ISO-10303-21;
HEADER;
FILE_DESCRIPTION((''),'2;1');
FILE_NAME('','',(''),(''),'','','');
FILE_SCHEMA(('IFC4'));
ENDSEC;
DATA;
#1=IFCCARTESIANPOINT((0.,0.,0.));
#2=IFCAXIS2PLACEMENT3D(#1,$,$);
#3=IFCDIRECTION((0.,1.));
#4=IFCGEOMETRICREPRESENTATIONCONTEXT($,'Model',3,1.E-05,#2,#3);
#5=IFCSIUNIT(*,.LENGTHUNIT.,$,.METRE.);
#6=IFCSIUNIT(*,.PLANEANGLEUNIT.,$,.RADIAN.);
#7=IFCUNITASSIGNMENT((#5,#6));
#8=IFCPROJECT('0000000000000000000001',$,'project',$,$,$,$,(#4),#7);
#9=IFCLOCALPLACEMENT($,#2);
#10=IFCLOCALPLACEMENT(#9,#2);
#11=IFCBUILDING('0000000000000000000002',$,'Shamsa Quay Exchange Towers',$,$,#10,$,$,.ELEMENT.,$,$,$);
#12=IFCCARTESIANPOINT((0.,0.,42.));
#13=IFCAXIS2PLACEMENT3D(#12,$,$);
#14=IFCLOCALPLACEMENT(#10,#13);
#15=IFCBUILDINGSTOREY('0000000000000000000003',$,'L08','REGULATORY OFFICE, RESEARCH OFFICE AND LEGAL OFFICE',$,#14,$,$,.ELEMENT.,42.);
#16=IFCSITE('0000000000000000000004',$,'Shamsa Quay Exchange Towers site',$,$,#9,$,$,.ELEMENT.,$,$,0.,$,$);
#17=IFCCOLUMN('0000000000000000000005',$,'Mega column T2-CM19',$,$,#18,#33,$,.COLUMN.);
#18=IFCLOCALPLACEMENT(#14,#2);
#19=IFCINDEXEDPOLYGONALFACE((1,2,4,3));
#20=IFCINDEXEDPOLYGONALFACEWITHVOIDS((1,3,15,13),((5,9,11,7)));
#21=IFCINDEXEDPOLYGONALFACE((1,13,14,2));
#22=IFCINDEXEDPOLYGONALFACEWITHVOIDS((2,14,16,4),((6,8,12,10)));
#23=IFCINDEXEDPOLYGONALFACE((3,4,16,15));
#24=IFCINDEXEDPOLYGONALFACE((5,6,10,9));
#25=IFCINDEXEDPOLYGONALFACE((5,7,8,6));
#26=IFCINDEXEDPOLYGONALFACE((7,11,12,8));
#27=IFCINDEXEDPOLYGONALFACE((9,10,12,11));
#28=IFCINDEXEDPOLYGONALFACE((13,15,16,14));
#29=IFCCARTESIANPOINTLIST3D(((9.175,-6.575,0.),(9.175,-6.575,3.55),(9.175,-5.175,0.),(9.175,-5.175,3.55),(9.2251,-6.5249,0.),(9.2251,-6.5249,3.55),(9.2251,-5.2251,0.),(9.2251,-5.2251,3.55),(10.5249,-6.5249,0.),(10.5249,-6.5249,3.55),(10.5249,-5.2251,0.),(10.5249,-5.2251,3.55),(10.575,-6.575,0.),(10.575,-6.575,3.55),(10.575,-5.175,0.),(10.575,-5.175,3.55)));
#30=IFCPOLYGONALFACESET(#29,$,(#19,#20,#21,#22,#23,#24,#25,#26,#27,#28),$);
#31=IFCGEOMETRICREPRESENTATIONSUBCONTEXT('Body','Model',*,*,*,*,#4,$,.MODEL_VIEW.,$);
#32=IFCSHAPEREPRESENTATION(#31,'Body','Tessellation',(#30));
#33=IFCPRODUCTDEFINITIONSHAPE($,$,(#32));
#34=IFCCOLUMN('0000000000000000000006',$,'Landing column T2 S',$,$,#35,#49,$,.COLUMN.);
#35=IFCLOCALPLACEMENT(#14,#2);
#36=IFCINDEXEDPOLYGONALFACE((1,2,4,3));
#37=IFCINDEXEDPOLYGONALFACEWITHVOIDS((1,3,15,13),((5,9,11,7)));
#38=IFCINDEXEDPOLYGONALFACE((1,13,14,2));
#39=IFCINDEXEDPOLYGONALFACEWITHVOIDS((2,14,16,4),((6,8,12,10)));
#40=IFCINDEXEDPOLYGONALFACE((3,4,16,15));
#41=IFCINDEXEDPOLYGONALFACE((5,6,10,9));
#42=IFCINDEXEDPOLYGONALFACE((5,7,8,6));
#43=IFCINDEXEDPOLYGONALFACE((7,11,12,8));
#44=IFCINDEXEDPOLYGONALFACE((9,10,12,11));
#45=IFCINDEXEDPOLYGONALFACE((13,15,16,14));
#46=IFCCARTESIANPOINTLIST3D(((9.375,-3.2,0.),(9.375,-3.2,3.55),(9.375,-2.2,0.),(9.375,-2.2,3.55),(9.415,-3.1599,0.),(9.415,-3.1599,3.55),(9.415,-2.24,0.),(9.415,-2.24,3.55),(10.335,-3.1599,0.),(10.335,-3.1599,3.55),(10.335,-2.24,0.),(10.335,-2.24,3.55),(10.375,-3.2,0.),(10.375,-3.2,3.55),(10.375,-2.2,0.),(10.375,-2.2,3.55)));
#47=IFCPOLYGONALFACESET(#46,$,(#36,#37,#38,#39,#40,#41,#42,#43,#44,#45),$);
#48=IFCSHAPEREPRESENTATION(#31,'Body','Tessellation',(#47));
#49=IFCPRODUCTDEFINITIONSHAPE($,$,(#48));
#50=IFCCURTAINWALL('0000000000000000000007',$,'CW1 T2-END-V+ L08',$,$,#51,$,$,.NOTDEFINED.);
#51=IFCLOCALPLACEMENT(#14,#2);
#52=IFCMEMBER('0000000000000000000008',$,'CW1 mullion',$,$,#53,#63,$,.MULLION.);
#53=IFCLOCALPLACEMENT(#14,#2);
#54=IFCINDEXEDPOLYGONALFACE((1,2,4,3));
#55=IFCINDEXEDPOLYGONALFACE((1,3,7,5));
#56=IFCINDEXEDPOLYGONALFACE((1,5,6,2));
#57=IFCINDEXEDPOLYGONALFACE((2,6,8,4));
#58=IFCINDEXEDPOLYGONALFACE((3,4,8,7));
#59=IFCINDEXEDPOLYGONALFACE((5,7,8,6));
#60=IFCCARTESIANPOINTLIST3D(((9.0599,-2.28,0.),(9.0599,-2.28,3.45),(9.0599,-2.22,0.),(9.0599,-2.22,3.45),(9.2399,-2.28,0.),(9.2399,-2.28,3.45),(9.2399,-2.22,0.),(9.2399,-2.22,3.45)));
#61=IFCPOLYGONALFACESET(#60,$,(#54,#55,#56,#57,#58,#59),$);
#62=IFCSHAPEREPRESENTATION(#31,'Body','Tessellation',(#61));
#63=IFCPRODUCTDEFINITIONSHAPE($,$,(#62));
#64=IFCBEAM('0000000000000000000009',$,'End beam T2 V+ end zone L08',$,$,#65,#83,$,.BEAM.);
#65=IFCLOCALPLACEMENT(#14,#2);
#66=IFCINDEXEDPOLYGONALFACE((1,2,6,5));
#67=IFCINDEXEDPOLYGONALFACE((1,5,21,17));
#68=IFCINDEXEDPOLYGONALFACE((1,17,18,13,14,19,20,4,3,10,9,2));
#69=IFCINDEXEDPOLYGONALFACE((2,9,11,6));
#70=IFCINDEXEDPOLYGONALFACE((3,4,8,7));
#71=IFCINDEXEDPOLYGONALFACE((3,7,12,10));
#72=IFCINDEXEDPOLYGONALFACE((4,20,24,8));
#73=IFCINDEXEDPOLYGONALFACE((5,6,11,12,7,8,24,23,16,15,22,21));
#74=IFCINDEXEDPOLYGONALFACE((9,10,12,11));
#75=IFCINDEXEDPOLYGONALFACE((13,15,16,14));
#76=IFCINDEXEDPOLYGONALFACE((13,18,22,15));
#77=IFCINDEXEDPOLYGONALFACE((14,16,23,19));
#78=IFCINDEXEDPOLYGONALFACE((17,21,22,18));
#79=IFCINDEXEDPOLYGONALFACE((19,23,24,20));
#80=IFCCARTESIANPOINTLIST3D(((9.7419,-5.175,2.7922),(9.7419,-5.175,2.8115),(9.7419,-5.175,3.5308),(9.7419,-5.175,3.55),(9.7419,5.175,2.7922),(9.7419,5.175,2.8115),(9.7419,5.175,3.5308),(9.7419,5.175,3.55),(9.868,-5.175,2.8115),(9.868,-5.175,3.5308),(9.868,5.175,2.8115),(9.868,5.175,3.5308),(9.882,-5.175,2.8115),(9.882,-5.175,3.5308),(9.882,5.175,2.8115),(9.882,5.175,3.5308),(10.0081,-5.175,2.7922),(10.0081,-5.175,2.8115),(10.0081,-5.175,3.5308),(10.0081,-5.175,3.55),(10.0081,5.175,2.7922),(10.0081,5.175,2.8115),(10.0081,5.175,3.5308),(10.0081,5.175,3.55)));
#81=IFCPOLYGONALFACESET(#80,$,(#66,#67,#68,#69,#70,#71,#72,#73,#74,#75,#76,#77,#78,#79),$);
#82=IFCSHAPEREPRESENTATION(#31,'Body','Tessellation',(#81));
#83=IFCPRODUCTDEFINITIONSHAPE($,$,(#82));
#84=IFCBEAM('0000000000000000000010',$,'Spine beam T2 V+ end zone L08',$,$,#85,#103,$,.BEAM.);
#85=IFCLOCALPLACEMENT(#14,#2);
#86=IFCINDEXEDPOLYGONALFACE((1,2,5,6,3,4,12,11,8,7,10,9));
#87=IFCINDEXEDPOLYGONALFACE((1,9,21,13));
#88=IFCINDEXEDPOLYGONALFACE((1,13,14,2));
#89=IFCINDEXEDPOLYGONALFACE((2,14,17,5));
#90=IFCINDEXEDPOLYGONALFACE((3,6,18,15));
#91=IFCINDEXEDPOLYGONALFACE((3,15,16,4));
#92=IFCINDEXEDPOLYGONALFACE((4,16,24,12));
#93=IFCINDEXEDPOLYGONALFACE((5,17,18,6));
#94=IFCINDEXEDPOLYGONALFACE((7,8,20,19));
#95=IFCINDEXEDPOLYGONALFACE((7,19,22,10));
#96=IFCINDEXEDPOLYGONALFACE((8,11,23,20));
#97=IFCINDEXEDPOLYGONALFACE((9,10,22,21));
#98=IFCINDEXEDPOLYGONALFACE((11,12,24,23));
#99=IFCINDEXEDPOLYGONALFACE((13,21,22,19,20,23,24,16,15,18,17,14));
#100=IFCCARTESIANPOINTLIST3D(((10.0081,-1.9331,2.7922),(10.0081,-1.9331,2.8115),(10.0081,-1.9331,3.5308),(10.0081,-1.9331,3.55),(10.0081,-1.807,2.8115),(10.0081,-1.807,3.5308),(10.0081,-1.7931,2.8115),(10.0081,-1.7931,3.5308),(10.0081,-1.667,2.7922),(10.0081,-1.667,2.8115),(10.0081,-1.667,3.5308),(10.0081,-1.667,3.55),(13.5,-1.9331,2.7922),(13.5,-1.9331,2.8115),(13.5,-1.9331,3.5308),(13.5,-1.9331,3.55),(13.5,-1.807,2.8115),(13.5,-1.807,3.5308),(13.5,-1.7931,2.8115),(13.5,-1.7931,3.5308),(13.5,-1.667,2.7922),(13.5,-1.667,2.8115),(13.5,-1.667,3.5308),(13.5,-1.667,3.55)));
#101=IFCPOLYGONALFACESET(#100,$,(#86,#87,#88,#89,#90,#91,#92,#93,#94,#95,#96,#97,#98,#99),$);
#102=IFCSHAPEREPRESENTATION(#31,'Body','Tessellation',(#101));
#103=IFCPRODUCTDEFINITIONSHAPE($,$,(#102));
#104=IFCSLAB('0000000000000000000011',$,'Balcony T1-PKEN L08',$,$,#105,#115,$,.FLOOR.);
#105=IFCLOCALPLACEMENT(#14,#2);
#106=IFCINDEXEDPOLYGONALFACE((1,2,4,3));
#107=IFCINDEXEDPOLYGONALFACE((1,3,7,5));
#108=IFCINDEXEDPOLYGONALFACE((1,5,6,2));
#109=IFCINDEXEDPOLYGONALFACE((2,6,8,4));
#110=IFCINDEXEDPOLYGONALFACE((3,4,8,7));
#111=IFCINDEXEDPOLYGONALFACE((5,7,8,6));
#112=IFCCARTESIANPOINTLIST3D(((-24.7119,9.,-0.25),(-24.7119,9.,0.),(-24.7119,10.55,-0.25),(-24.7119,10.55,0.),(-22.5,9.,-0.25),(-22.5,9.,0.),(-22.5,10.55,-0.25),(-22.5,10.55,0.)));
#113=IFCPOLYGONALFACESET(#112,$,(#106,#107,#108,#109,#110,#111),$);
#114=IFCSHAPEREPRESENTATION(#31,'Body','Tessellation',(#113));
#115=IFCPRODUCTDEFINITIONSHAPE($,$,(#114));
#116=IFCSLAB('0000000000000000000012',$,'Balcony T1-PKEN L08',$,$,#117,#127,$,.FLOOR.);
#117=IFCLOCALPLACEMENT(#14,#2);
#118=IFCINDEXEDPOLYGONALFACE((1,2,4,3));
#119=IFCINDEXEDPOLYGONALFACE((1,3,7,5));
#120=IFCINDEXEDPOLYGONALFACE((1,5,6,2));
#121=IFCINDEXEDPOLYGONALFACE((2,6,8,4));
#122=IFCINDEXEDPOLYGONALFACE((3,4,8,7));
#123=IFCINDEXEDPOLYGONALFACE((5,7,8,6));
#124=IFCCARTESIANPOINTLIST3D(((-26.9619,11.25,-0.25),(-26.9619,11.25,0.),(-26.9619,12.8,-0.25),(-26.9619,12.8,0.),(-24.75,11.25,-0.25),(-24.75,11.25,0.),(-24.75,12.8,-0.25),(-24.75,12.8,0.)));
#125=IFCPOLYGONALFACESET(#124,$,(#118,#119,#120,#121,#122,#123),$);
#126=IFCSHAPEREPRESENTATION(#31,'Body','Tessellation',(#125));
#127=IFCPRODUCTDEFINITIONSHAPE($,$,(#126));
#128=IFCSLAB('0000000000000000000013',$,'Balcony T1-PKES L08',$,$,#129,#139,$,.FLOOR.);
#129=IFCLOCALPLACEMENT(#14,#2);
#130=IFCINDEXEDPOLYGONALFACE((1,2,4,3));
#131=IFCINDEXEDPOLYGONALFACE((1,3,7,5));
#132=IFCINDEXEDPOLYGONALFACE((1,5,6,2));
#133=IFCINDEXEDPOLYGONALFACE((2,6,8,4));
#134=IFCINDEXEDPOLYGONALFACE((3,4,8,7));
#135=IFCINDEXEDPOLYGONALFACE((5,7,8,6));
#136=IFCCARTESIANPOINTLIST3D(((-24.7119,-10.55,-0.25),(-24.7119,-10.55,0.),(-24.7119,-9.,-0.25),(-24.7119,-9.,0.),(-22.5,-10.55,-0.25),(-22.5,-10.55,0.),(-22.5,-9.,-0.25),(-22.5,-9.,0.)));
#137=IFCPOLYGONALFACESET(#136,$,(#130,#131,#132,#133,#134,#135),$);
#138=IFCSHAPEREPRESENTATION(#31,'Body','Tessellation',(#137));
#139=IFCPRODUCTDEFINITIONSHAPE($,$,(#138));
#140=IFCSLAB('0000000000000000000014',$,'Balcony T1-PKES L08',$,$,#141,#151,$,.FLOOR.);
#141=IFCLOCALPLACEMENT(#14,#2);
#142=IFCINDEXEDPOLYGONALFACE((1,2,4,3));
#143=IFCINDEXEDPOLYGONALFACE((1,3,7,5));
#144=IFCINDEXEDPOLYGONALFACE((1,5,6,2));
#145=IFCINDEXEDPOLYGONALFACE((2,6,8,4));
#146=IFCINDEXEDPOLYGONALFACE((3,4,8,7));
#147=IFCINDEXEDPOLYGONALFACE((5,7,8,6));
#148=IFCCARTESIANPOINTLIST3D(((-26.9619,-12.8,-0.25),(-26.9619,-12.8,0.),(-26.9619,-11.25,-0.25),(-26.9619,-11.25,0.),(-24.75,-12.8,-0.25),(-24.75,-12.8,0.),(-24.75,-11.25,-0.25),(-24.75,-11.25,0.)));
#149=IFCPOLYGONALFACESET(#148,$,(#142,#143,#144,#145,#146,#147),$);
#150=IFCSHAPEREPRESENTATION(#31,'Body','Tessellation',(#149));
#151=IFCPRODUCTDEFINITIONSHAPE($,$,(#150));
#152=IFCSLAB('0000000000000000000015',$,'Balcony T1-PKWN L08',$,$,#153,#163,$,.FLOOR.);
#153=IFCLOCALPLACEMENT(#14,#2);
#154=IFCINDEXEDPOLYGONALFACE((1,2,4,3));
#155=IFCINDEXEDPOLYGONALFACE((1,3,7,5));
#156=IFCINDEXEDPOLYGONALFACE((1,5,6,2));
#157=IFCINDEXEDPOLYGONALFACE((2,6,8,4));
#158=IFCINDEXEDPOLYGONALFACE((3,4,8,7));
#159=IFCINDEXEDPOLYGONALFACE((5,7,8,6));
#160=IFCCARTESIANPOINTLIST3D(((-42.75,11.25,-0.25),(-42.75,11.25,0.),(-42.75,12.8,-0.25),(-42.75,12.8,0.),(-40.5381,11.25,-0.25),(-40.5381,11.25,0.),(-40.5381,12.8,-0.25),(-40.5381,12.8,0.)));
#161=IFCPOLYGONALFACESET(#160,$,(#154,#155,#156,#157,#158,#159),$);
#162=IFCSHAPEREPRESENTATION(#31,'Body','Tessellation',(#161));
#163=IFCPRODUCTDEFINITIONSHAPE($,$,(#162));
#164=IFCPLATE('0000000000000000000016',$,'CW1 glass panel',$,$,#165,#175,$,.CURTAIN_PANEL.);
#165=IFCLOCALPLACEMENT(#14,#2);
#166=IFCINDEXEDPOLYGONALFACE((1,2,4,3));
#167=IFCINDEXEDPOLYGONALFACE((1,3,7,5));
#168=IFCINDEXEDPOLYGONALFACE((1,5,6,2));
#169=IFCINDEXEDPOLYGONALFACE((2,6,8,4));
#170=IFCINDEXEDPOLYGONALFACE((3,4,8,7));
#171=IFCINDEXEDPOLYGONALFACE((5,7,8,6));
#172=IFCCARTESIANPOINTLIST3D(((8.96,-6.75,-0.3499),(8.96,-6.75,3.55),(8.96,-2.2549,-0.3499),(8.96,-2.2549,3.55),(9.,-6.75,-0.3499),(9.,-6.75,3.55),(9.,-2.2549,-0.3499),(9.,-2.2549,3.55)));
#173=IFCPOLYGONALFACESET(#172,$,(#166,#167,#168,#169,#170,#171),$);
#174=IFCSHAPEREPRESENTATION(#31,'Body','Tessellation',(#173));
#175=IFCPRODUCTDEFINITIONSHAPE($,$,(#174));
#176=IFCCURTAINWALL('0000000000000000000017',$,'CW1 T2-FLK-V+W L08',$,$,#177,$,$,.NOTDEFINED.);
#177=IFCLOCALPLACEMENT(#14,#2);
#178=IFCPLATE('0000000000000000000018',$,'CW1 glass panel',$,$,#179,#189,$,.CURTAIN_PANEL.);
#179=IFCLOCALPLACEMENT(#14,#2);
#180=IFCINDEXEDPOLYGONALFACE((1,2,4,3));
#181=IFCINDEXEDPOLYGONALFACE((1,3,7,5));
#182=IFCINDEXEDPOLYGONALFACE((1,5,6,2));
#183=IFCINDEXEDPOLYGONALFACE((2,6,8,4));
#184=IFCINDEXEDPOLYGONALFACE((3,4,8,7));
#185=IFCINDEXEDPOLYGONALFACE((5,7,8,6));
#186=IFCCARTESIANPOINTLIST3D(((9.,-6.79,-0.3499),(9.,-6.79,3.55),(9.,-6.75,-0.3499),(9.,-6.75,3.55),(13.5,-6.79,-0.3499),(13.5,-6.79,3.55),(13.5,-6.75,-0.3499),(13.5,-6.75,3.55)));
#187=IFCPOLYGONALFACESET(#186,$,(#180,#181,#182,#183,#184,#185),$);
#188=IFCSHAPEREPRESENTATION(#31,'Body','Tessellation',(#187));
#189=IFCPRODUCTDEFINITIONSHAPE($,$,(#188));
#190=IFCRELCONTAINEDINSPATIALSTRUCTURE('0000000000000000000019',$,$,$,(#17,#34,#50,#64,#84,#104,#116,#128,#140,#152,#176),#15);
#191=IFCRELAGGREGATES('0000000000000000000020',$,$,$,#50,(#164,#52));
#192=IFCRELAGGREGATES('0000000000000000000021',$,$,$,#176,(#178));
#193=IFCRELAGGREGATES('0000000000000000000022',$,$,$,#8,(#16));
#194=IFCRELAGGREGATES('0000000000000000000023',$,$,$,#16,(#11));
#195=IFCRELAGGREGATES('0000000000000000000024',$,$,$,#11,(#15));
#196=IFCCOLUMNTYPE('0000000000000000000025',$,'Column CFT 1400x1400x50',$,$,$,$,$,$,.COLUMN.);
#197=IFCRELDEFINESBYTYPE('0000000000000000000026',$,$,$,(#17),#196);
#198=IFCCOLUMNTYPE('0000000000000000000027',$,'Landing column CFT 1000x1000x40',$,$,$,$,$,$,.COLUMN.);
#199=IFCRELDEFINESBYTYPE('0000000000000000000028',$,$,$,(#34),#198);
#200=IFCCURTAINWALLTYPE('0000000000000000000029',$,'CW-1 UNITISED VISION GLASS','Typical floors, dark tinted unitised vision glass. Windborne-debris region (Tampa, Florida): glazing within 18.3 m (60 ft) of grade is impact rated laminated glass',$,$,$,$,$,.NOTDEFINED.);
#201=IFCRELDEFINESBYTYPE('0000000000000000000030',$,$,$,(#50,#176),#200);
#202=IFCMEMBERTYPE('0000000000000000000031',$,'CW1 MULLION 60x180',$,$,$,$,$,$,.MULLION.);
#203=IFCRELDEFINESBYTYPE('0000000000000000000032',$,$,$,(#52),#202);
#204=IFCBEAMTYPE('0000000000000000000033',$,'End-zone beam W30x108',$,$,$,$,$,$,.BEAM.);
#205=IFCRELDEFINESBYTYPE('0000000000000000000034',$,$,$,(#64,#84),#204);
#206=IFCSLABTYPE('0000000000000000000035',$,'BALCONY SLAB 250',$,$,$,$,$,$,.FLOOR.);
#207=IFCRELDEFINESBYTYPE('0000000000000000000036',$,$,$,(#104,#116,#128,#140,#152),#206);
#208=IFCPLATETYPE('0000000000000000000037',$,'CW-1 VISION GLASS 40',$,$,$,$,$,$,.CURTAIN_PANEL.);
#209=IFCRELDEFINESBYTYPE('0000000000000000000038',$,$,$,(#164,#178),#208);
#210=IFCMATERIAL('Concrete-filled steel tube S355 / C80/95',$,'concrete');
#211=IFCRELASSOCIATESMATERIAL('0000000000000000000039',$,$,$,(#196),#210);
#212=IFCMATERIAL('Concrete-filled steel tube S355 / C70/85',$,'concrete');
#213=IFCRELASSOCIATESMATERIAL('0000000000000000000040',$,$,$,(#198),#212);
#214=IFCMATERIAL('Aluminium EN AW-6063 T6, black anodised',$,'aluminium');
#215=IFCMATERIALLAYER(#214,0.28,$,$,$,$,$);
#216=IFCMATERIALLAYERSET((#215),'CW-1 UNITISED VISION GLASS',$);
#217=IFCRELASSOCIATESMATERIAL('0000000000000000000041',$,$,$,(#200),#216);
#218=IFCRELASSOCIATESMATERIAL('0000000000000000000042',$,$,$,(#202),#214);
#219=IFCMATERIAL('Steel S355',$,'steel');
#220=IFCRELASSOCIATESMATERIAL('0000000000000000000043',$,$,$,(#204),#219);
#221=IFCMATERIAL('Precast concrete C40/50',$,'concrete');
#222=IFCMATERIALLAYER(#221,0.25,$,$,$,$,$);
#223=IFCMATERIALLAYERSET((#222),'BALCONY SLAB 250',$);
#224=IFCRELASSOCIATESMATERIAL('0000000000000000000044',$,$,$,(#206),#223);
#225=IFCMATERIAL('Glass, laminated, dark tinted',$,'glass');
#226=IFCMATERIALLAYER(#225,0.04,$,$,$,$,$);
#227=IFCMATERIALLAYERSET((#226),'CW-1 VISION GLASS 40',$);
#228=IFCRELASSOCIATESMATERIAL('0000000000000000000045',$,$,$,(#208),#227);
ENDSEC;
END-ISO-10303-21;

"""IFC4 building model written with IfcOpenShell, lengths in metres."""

from ifc_helpers import new_model, si_unit, direction, frame, origin, origin_2d, place, context, subcontext, project, spatial, polyline, rectangle, hollow_rectangle, i_section, outline, extrude, material, layer, layer_set, material_profile, profile_set, type_object, element, aggregate, save


model = new_model("IFC4")

# Units and contexts
model_context = context("Model", 3, precision=1e-05, world=origin(), true_north=direction((0.0, 1.0)))
body_context = subcontext(model_context, "Body", "Model", "MODEL_VIEW")
ifc_project = project(units=[si_unit("LENGTHUNIT", "METRE"), si_unit("PLANEANGLEUNIT", "RADIAN")], contexts=[model_context])

# Site, building, storey
site_placement = place(None, origin())
site = spatial("IfcSite", under=ifc_project, at=site_placement, Name="Shamsa Quay Exchange Towers site", CompositionType="ELEMENT", RefElevation=0.0)
building_placement = place(site_placement, origin())
building = spatial("IfcBuilding", under=site, at=building_placement, Name="Shamsa Quay Exchange Towers", CompositionType="ELEMENT")
storey_placement = place(building_placement, frame((0.0, 0.0, 42.0)))
storey = spatial("IfcBuildingStorey", under=building, at=storey_placement, Name="L08", Description="REGULATORY OFFICE, RESEARCH OFFICE AND LEGAL OFFICE", CompositionType="ELEMENT", Elevation=42.0)

# Columns
ifc_material_1 = material(Name="Concrete-filled steel tube S355 / C80/95", Category="concrete")
ifc_material_profile_1 = material_profile(ifc_material_1, hollow_rectangle(XDim=1.3999, YDim=1.3999, WallThickness=0.05, at=origin_2d()), Name="CFT 1400x1400x50")
ifc_profile_set_1 = profile_set([ifc_material_profile_1], Name="Concrete-filled steel tube S355 / C80/95")
column_type_1 = type_object("IfcColumnType", Name="Column CFT 1400x1400x50", PredefinedType="COLUMN", material=ifc_profile_set_1)
column_1_placement = place(storey_placement, frame((9.875, -5.875, 0.0)))
element("IfcColumn", 1, at=column_1_placement, inside=storey, type_object=column_type_1, Name="Mega column T2-CM19", PredefinedType="COLUMN", context=body_context, shape_type="SweptSolid", body=[
    extrude(hollow_rectangle(XDim=1.3999, YDim=1.3999, WallThickness=0.05, at=origin_2d()), origin(), (0.0, 0.0, 1.0), 3.55),
])
ifc_material_2 = material(Name="Concrete-filled steel tube S355 / C70/85", Category="concrete")
ifc_material_profile_2 = material_profile(ifc_material_2, hollow_rectangle(XDim=1.0, YDim=1.0, WallThickness=0.04, at=origin_2d()), Name="CFT 1000x1000x40")
ifc_profile_set_2 = profile_set([ifc_material_profile_2], Name="Concrete-filled steel tube S355 / C70/85")
column_type_2 = type_object("IfcColumnType", Name="Landing column CFT 1000x1000x40", PredefinedType="COLUMN", material=ifc_profile_set_2)
column_2_placement = place(storey_placement, frame((9.875, -2.7, 0.0)))
element("IfcColumn", 2, at=column_2_placement, inside=storey, type_object=column_type_2, Name="Landing column T2 S", PredefinedType="COLUMN", context=body_context, shape_type="SweptSolid", body=[
    extrude(hollow_rectangle(XDim=1.0, YDim=1.0, WallThickness=0.04, at=origin_2d()), origin(), (0.0, 0.0, 1.0), 3.55),
])

# Curtain wall, member
ifc_material_3 = material(Name="Aluminium EN AW-6063 T6, black anodised", Category="aluminium")
ifc_layer_1 = layer(ifc_material_3, 0.28)
ifc_layer_set_1 = layer_set([ifc_layer_1], Name="CW-1 UNITISED VISION GLASS")
curtain_wall_type_1 = type_object("IfcCurtainWallType", Name="CW-1 UNITISED VISION GLASS", Description="Typical floors, dark tinted unitised vision glass. Windborne-debris region (Tampa, Florida): glazing within 18.3 m (60 ft) of grade is impact rated laminated glass", PredefinedType="NOTDEFINED", material=ifc_layer_set_1)
curtain_wall_1_placement = place(storey_placement, origin())
curtain_wall_1 = element("IfcCurtainWall", 3, at=curtain_wall_1_placement, inside=storey, type_object=curtain_wall_type_1, Name="CW1 T2-END-V+ L08", PredefinedType="NOTDEFINED")
ifc_material_profile_3 = material_profile(ifc_material_3, rectangle(XDim=0.1799, YDim=0.0601, at=origin_2d()), Name="MU60x180")
ifc_profile_set_3 = profile_set([ifc_material_profile_3], Name="Aluminium EN AW-6063 T6, black anodised")
member_type = type_object("IfcMemberType", Name="CW1 MULLION 60x180", PredefinedType="MULLION", material=ifc_profile_set_3)
member_placement = place(storey_placement, frame((9.1499, -2.25, 0.0)))
member = element("IfcMember", 4, at=member_placement, type_object=member_type, Name="CW1 mullion", PredefinedType="MULLION", context=body_context, shape_type="SweptSolid", body=[
    extrude(rectangle(XDim=0.1799, YDim=0.0601, at=origin_2d()), origin(), (0.0, 0.0, 1.0), 3.45),
])

# Beams
ifc_material_4 = material(Name="Steel S355", Category="steel")
ifc_material_profile_4 = material_profile(ifc_material_4, i_section(OverallWidth=0.2661, OverallDepth=0.7578, WebThickness=0.0139, FlangeThickness=0.0193, at=origin_2d()), Name="W30x108")
ifc_profile_set_4 = profile_set([ifc_material_profile_4], Name="Steel S355")
beam_type = type_object("IfcBeamType", Name="End-zone beam W30x108", PredefinedType="BEAM", material=ifc_profile_set_4)
beam_1_placement = place(storey_placement, frame((9.875, -5.175, 3.1711), z_axis=(0.0, 1.0, 0.0), x_axis=(-1.0, 0.0, 0.0)))
element("IfcBeam", 5, at=beam_1_placement, inside=storey, type_object=beam_type, Name="End beam T2 V+ end zone L08", PredefinedType="BEAM", context=body_context, shape_type="SweptSolid", body=[
    extrude(i_section(OverallWidth=0.2661, OverallDepth=0.7578, WebThickness=0.0139, FlangeThickness=0.0193, at=origin_2d()), origin(), (0.0, 0.0, 1.0), 10.3501),
])
beam_2_placement = place(storey_placement, frame((13.5, -1.8, 3.1711), z_axis=(-1.0, 0.0, 0.0), x_axis=(0.0, -1.0, 0.0)))
element("IfcBeam", 6, at=beam_2_placement, inside=storey, type_object=beam_type, Name="Spine beam T2 V+ end zone L08", PredefinedType="BEAM", context=body_context, shape_type="SweptSolid", body=[
    extrude(i_section(OverallWidth=0.2661, OverallDepth=0.7578, WebThickness=0.0139, FlangeThickness=0.0193, at=origin_2d()), origin(), (0.0, 0.0, 1.0), 3.4919),
])

# Slabs
ifc_material_5 = material(Name="Precast concrete C40/50", Category="concrete")
ifc_layer_2 = layer(ifc_material_5, 0.25)
ifc_layer_set_2 = layer_set([ifc_layer_2], Name="BALCONY SLAB 250")
slab_type = type_object("IfcSlabType", Name="BALCONY SLAB 250", PredefinedType="FLOOR", material=ifc_layer_set_2)
slab_1_placement = place(storey_placement, frame((0.0, 0.0, -0.25)))
element("IfcSlab", 7, at=slab_1_placement, inside=storey, type_object=slab_type, Name="Balcony T1-PKEN L08", PredefinedType="FLOOR", context=body_context, shape_type="SweptSolid", body=[
    extrude(outline(polyline([(-22.5, 9.0), (-24.7119, 9.0), (-24.7119, 10.55), (-22.5, 10.55), (-22.5, 9.0)])), origin(), (0.0, 0.0, 1.0), 0.25),
])
slab_2_placement = place(storey_placement, frame((0.0, 0.0, -0.25)))
element("IfcSlab", 8, at=slab_2_placement, inside=storey, type_object=slab_type, Name="Balcony T1-PKEN L08", PredefinedType="FLOOR", context=body_context, shape_type="SweptSolid", body=[
    extrude(outline(polyline([(-24.75, 11.25), (-26.9619, 11.25), (-26.9619, 12.8), (-24.75, 12.8), (-24.75, 11.25)])), origin(), (0.0, 0.0, 1.0), 0.25),
])
slab_3_placement = place(storey_placement, frame((0.0, 0.0, -0.25)))
element("IfcSlab", 9, at=slab_3_placement, inside=storey, type_object=slab_type, Name="Balcony T1-PKES L08", PredefinedType="FLOOR", context=body_context, shape_type="SweptSolid", body=[
    extrude(outline(polyline([(-24.7119, -9.0), (-22.5, -9.0), (-22.5, -10.55), (-24.7119, -10.55), (-24.7119, -9.0)])), origin(), (0.0, 0.0, 1.0), 0.25),
])
slab_4_placement = place(storey_placement, frame((0.0, 0.0, -0.25)))
element("IfcSlab", 10, at=slab_4_placement, inside=storey, type_object=slab_type, Name="Balcony T1-PKES L08", PredefinedType="FLOOR", context=body_context, shape_type="SweptSolid", body=[
    extrude(outline(polyline([(-26.9619, -11.25), (-24.75, -11.25), (-24.75, -12.8), (-26.9619, -12.8), (-26.9619, -11.25)])), origin(), (0.0, 0.0, 1.0), 0.25),
])
slab_5_placement = place(storey_placement, frame((0.0, 0.0, -0.25)))
element("IfcSlab", 11, at=slab_5_placement, inside=storey, type_object=slab_type, Name="Balcony T1-PKWN L08", PredefinedType="FLOOR", context=body_context, shape_type="SweptSolid", body=[
    extrude(outline(polyline([(-40.5381, 11.25), (-42.75, 11.25), (-42.75, 12.8), (-40.5381, 12.8), (-40.5381, 11.25)])), origin(), (0.0, 0.0, 1.0), 0.25),
])

# Plate
ifc_material_6 = material(Name="Glass, laminated, dark tinted", Category="glass")
ifc_layer_3 = layer(ifc_material_6, 0.04)
ifc_layer_set_3 = layer_set([ifc_layer_3], Name="CW-1 VISION GLASS 40")
plate_type_1 = type_object("IfcPlateType", Name="CW-1 VISION GLASS 40", PredefinedType="CURTAIN_PANEL", material=ifc_layer_set_3)
plate_1_placement = place(storey_placement, frame((8.98, -4.5024, -0.3499), z_axis=(0.0, 0.0, 1.0), x_axis=(0.0, -1.0, 0.0)))
plate_1 = element("IfcPlate", 12, at=plate_1_placement, type_object=plate_type_1, Name="CW1 glass panel", PredefinedType="CURTAIN_PANEL", context=body_context, shape_type="SweptSolid", body=[
    extrude(rectangle(XDim=4.4951, YDim=0.04, at=origin_2d()), origin(), (0.0, 0.0, 1.0), 3.8999),
])
aggregate(curtain_wall_1, [plate_1, member])

# Curtain wall, plate
curtain_wall_2_placement = place(storey_placement, origin())
curtain_wall_2 = element("IfcCurtainWall", 13, at=curtain_wall_2_placement, inside=storey, type_object=curtain_wall_type_1, Name="CW1 T2-FLK-V+W L08", PredefinedType="NOTDEFINED")
plate_2_placement = place(storey_placement, frame((11.25, -6.77, -0.3499)))
plate_2 = element("IfcPlate", 14, at=plate_2_placement, type_object=plate_type_1, Name="CW1 glass panel", PredefinedType="CURTAIN_PANEL", context=body_context, shape_type="SweptSolid", body=[
    extrude(rectangle(XDim=4.5, YDim=0.04, at=origin_2d()), origin(), (0.0, 0.0, 1.0), 3.8999),
])
aggregate(curtain_wall_2, [plate_2])

save(model, "model.ifc")
